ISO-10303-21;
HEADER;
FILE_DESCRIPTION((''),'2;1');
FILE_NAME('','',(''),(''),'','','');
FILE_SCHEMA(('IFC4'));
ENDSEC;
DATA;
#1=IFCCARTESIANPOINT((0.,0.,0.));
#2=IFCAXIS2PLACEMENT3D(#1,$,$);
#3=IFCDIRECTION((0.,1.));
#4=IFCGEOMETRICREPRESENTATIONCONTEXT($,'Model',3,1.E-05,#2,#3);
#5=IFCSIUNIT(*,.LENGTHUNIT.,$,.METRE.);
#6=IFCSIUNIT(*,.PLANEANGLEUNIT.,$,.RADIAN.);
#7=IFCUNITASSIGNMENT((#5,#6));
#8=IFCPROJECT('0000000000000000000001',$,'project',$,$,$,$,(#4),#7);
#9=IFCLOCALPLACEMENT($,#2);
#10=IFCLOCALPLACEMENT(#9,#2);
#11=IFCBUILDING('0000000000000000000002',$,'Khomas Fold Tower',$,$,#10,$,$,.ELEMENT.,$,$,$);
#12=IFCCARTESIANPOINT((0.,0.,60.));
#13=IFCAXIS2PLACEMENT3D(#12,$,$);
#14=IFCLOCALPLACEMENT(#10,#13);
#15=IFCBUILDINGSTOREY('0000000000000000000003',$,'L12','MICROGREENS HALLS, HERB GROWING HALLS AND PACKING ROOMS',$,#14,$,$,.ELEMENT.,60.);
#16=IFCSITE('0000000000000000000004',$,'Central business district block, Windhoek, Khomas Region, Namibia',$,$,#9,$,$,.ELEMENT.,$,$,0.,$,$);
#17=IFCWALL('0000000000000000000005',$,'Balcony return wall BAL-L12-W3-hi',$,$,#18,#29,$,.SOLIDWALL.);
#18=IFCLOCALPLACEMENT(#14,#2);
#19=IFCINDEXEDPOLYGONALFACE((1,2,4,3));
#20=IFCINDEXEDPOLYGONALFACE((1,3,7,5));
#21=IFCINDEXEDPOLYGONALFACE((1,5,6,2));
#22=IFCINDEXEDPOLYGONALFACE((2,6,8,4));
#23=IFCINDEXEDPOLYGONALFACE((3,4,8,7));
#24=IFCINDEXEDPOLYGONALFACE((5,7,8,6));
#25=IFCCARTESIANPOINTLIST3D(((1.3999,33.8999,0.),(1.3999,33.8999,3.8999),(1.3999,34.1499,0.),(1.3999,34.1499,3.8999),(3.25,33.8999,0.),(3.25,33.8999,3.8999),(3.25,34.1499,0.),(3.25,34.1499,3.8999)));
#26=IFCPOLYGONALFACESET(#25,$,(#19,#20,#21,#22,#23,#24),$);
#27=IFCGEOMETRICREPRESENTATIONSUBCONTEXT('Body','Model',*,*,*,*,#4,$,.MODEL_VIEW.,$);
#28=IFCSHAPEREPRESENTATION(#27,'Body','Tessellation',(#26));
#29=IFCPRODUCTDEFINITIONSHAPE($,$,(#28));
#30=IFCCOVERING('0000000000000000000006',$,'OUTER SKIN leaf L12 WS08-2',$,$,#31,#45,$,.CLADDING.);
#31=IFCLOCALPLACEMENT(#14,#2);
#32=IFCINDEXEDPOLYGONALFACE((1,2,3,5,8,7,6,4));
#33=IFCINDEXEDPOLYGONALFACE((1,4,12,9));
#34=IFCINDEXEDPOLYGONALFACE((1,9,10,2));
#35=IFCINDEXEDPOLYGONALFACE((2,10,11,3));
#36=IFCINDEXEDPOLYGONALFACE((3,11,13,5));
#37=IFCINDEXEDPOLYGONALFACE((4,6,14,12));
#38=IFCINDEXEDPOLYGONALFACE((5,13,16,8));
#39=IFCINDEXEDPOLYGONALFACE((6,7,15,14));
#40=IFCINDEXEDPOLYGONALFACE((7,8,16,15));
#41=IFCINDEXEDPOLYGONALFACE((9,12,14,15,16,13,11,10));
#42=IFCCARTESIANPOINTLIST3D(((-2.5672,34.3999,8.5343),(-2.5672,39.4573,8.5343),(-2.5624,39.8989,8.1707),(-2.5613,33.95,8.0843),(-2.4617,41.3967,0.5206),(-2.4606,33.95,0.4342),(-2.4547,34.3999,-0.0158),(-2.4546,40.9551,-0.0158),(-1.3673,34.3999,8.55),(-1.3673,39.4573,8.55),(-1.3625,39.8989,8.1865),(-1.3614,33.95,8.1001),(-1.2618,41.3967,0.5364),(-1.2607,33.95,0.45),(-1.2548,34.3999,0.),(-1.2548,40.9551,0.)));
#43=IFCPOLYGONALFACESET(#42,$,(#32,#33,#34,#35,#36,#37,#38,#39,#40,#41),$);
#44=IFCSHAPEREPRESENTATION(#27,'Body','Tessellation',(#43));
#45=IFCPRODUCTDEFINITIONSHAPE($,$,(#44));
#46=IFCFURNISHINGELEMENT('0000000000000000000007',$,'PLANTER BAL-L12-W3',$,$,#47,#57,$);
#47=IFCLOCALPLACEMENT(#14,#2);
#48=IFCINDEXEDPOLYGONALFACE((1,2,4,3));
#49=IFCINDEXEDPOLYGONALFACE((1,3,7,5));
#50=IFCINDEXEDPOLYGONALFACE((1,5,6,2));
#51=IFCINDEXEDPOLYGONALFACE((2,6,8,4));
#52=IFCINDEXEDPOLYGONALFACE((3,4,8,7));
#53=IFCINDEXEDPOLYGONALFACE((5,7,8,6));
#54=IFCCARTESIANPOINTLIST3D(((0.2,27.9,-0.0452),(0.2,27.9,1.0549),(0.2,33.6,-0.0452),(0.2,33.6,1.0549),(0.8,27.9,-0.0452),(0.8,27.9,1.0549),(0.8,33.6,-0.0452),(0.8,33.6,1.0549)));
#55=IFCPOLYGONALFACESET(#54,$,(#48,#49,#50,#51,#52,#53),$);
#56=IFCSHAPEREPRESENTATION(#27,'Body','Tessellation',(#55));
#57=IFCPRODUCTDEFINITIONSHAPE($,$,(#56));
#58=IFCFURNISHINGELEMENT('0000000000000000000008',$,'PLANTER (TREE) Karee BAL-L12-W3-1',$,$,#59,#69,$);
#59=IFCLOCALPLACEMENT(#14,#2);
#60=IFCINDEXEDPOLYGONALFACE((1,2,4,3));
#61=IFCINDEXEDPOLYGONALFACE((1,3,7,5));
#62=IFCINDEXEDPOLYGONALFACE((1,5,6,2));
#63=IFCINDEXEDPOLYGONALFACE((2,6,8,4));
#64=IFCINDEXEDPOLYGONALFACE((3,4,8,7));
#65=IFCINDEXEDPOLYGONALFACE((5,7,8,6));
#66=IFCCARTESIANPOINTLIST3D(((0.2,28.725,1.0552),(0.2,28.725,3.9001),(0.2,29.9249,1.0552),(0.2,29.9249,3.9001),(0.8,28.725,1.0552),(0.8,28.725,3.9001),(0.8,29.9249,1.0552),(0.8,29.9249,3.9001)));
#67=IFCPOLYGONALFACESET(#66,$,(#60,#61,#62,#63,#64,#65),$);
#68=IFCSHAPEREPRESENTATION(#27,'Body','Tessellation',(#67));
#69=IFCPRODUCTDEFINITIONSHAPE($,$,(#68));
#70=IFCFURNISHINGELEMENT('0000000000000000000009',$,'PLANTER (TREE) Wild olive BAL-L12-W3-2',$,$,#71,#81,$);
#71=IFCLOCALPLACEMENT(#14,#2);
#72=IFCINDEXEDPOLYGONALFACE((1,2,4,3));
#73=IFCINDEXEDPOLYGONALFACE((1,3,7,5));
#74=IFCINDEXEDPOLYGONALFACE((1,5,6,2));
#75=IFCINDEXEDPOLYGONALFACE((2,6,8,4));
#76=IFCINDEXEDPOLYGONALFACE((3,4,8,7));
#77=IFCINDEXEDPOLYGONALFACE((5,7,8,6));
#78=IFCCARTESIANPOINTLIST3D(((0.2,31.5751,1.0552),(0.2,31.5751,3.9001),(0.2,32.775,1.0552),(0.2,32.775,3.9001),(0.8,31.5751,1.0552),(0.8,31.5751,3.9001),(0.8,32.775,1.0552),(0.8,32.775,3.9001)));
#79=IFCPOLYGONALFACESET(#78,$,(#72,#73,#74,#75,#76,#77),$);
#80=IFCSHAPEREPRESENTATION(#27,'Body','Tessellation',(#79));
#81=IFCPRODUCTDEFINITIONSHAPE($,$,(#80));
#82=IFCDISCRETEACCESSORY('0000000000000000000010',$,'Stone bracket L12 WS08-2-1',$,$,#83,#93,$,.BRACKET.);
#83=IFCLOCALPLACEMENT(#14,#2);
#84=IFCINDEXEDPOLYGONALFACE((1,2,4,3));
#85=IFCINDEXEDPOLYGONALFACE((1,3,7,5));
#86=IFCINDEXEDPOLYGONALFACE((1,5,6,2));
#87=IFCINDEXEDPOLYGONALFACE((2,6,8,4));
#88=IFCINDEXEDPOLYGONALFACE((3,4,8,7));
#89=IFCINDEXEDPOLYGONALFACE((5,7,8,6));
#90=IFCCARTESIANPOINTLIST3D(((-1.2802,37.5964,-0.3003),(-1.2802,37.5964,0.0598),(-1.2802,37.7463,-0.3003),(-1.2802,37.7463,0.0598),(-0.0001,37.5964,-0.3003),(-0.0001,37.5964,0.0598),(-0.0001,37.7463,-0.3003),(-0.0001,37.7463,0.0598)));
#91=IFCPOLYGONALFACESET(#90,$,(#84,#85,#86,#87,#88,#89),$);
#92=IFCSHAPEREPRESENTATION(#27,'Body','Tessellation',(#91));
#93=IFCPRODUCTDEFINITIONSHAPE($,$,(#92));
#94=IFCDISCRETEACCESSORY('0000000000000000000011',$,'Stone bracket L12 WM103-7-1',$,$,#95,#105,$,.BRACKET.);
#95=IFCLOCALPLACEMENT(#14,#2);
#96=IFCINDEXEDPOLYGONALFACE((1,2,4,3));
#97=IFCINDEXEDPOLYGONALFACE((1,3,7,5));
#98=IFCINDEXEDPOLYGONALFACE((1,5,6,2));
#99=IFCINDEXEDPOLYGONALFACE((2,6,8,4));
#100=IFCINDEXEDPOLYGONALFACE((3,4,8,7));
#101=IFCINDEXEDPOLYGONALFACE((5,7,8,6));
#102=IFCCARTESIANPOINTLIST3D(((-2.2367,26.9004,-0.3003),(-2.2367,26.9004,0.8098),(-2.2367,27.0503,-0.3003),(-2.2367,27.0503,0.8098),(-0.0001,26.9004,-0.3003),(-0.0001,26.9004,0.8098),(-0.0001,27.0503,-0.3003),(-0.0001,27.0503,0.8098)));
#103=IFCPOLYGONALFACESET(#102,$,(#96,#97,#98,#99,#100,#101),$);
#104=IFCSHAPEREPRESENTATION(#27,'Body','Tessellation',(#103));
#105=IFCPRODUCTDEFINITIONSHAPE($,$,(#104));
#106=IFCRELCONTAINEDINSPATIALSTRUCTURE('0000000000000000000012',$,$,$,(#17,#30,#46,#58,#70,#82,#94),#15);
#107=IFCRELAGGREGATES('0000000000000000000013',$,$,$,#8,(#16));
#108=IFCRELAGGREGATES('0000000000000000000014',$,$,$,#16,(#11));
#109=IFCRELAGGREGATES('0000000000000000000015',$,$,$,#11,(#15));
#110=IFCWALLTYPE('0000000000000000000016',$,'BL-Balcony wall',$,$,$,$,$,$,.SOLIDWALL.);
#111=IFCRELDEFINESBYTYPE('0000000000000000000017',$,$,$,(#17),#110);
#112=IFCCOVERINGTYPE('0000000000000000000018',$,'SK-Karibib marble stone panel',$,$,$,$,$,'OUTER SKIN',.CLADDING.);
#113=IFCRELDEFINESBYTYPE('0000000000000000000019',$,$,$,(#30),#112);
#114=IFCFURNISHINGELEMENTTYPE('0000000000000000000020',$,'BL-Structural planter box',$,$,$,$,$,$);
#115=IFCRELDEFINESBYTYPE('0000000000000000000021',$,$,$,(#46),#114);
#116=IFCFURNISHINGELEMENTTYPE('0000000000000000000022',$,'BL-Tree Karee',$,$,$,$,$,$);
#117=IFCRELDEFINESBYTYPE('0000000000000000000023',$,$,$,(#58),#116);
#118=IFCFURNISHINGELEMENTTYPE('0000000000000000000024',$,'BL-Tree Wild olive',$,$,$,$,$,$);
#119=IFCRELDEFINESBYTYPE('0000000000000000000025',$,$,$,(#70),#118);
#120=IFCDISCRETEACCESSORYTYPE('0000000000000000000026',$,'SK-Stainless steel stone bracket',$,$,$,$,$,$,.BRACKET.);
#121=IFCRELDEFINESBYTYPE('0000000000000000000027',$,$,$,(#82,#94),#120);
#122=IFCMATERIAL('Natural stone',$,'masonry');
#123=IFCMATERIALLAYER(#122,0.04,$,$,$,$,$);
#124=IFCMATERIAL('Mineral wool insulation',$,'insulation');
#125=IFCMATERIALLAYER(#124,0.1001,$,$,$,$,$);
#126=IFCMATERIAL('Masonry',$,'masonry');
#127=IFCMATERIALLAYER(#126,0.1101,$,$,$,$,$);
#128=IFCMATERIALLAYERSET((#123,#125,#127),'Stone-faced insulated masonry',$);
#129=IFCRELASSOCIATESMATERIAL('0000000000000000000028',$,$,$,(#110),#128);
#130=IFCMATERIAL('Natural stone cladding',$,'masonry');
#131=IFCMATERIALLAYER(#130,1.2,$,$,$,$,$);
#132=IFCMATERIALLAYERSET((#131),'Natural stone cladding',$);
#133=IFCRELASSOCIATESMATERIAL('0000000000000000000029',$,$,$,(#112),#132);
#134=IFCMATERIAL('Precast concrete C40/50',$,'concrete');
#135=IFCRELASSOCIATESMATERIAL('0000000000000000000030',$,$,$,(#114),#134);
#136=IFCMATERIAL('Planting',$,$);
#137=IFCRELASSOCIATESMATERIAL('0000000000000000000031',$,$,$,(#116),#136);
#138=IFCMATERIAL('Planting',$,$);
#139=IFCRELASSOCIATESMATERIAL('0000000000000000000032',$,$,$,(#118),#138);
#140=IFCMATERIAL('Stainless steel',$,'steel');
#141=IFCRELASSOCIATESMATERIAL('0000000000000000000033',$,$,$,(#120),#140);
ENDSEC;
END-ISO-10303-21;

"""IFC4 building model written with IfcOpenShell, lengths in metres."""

from ifc_helpers import new_model, si_unit, direction, frame, frame_2d, origin, origin_2d, place, context, subcontext, project, spatial, polyline, rectangle, outline, extrude, source, transform, mapped, material, layer, layer_set, type_object, element, save


model = new_model("IFC4")

# Units and contexts
model_context = context("Model", 3, precision=1e-05, world=origin(), true_north=direction((0.0, 1.0)))
body_context = subcontext(model_context, "Body", "Model", "MODEL_VIEW")
ifc_project = project(units=[si_unit("LENGTHUNIT", "METRE"), si_unit("PLANEANGLEUNIT", "RADIAN")], contexts=[model_context])

# Site, building, storey
site_placement = place(None, origin())
site = spatial("IfcSite", under=ifc_project, at=site_placement, Name="Central business district block, Windhoek, Khomas Region, Namibia", CompositionType="ELEMENT", RefElevation=0.0)
building_placement = place(site_placement, origin())
building = spatial("IfcBuilding", under=site, at=building_placement, Name="Khomas Fold Tower", CompositionType="ELEMENT")
storey_placement = place(building_placement, frame((0.0, 0.0, 60.0)))
storey = spatial("IfcBuildingStorey", under=building, at=storey_placement, Name="L12", Description="MICROGREENS HALLS, HERB GROWING HALLS AND PACKING ROOMS", CompositionType="ELEMENT", Elevation=60.0)

# Wall
ifc_material_1 = material(Name="Natural stone", Category="masonry")
ifc_layer_1 = layer(ifc_material_1, 0.04)
ifc_material_2 = material(Name="Mineral wool insulation", Category="insulation")
ifc_layer_2 = layer(ifc_material_2, 0.1001)
ifc_material_3 = material(Name="Masonry", Category="masonry")
ifc_layer_3 = layer(ifc_material_3, 0.1101)
ifc_layer_set_1 = layer_set([ifc_layer_1, ifc_layer_2, ifc_layer_3], Name="Stone-faced insulated masonry")
wall_type = type_object("IfcWallType", Name="BL-Balcony wall", PredefinedType="SOLIDWALL", material=ifc_layer_set_1)
shared_shape_1 = source(origin(), body_context, "Body", "SweptSolid", [
    extrude(rectangle(XDim=1.8501, YDim=0.25, at=frame_2d((0.925, 0.0))), origin(), (0.0, 0.0, 1.0), 3.8999),
])
for number, where, z_axis, x_axis, name in (
    (1, (1.3999, 34.0249, 0.0), (0.0, 0.0, 1.0), (1.0, 0.0, 0.0), "Balcony return wall BAL-L12-W3-hi"),
):
    element("IfcWall", number, at=place(storey_placement, frame(where, z_axis=z_axis, x_axis=x_axis)), inside=storey, type_object=wall_type, Name=name, PredefinedType="SOLIDWALL", context=body_context, shape_type="MappedRepresentation", body=[
        mapped(shared_shape_1, transform((0.0, 0.0, 0.0))),
    ])

# Covering
ifc_material_4 = material(Name="Natural stone cladding", Category="masonry")
ifc_layer_4 = layer(ifc_material_4, 1.2)
ifc_layer_set_2 = layer_set([ifc_layer_4], Name="Natural stone cladding")
covering_type = type_object("IfcCoveringType", Name="SK-Karibib marble stone panel", ElementType="OUTER SKIN", PredefinedType="CLADDING", material=ifc_layer_set_2)
covering_placement = place(storey_placement, frame((-1.2607, 33.95, 0.45), z_axis=(0.999913, -0.000005, 0.013159), x_axis=(-0.013159, 0.0, 0.999913)))
element("IfcCovering", 2, at=covering_placement, inside=storey, type_object=covering_type, Name="OUTER SKIN leaf L12 WS08-2", PredefinedType="CLADDING", context=body_context, shape_type="SweptSolid", body=[
    extrude(outline(polyline([(0.0, 0.0), (7.6508, 0.0), (8.1008, -0.45), (8.1008, -5.5073), (7.7372, -5.949), (0.0864, -7.4468), (-0.45, -7.0051), (-0.45, -0.45), (0.0, 0.0)])), origin(), (0.0, 0.0, -1.0), 1.2),
])

# Furnishing elements
ifc_material_5 = material(Name="Precast concrete C40/50", Category="concrete")
furnishing_element_type_1 = type_object("IfcFurnishingElementType", Name="BL-Structural planter box", material=ifc_material_5)
shared_shape_2 = source(origin(), body_context, "Body", "SweptSolid", [
    extrude(rectangle(XDim=5.7, YDim=0.6001, at=origin_2d()), origin(), (0.0, 0.0, 1.0), 1.1001),
])
furnishing_1_placement = place(storey_placement, frame((0.5, 30.75, -0.0452), z_axis=(0.0, 0.0, 1.0), x_axis=(0.0, 1.0, 0.0)))
element("IfcFurnishingElement", 3, at=furnishing_1_placement, inside=storey, type_object=furnishing_element_type_1, Name="PLANTER BAL-L12-W3", context=body_context, shape_type="MappedRepresentation", body=[
    mapped(shared_shape_2, transform((0.0, 0.0, 0.0))),
])
ifc_material_6 = material(Name="Planting")
furnishing_element_type_2 = type_object("IfcFurnishingElementType", Name="BL-Tree Karee", material=ifc_material_6)
shared_shape_3 = source(origin(), body_context, "Body", "SweptSolid", [
    extrude(rectangle(XDim=1.2, YDim=0.6001, at=origin_2d()), origin(), (0.0, 0.0, 1.0), 2.845),
])
furnishing_2_placement = place(storey_placement, frame((0.5, 29.325, 1.0552), z_axis=(0.0, 0.0, 1.0), x_axis=(0.0, 1.0, 0.0)))
element("IfcFurnishingElement", 4, at=furnishing_2_placement, inside=storey, type_object=furnishing_element_type_2, Name="PLANTER (TREE) Karee BAL-L12-W3-1", context=body_context, shape_type="MappedRepresentation", body=[
    mapped(shared_shape_3, transform((0.0, 0.0, 0.0))),
])
ifc_material_7 = material(Name="Planting")
furnishing_element_type_3 = type_object("IfcFurnishingElementType", Name="BL-Tree Wild olive", material=ifc_material_7)
furnishing_3_placement = place(storey_placement, frame((0.5, 32.175, 1.0552), z_axis=(0.0, 0.0, 1.0), x_axis=(0.0, 1.0, 0.0)))
element("IfcFurnishingElement", 5, at=furnishing_3_placement, inside=storey, type_object=furnishing_element_type_3, Name="PLANTER (TREE) Wild olive BAL-L12-W3-2", context=body_context, shape_type="MappedRepresentation", body=[
    mapped(shared_shape_3, transform((0.0, 0.0, 0.0))),
])

# Discrete accessories
ifc_material_8 = material(Name="Stainless steel", Category="steel")
discrete_accessory_type = type_object("IfcDiscreteAccessoryType", Name="SK-Stainless steel stone bracket", PredefinedType="BRACKET", material=ifc_material_8)
shared_shape_4 = source(origin(), body_context, "Body", "SweptSolid", [
    extrude(rectangle(XDim=1.28, YDim=0.1499, at=origin_2d()), origin(), (0.0, 0.0, 1.0), 0.3601),
])
discrete_accessory_1_placement = place(storey_placement, frame((-0.6401, 37.6714, -0.3003), z_axis=(0.0, 0.0, 1.0), x_axis=(-1.0, 0.0, 0.0)))
element("IfcDiscreteAccessory", 6, at=discrete_accessory_1_placement, inside=storey, type_object=discrete_accessory_type, Name="Stone bracket L12 WS08-2-1", PredefinedType="BRACKET", context=body_context, shape_type="MappedRepresentation", body=[
    mapped(shared_shape_4, transform((0.0, 0.0, 0.0))),
])
shared_shape_5 = source(origin(), body_context, "Body", "SweptSolid", [
    extrude(rectangle(XDim=2.2366, YDim=0.1499, at=origin_2d()), origin(), (0.0, 0.0, 1.0), 1.1101),
])
discrete_accessory_2_placement = place(storey_placement, frame((-1.1184, 26.9753, -0.3003), z_axis=(0.0, 0.0, 1.0), x_axis=(-1.0, 0.0, 0.0)))
element("IfcDiscreteAccessory", 7, at=discrete_accessory_2_placement, inside=storey, type_object=discrete_accessory_type, Name="Stone bracket L12 WM103-7-1", PredefinedType="BRACKET", context=body_context, shape_type="MappedRepresentation", body=[
    mapped(shared_shape_5, transform((0.0, 0.0, 0.0))),
])

save(model, "model.ifc")
